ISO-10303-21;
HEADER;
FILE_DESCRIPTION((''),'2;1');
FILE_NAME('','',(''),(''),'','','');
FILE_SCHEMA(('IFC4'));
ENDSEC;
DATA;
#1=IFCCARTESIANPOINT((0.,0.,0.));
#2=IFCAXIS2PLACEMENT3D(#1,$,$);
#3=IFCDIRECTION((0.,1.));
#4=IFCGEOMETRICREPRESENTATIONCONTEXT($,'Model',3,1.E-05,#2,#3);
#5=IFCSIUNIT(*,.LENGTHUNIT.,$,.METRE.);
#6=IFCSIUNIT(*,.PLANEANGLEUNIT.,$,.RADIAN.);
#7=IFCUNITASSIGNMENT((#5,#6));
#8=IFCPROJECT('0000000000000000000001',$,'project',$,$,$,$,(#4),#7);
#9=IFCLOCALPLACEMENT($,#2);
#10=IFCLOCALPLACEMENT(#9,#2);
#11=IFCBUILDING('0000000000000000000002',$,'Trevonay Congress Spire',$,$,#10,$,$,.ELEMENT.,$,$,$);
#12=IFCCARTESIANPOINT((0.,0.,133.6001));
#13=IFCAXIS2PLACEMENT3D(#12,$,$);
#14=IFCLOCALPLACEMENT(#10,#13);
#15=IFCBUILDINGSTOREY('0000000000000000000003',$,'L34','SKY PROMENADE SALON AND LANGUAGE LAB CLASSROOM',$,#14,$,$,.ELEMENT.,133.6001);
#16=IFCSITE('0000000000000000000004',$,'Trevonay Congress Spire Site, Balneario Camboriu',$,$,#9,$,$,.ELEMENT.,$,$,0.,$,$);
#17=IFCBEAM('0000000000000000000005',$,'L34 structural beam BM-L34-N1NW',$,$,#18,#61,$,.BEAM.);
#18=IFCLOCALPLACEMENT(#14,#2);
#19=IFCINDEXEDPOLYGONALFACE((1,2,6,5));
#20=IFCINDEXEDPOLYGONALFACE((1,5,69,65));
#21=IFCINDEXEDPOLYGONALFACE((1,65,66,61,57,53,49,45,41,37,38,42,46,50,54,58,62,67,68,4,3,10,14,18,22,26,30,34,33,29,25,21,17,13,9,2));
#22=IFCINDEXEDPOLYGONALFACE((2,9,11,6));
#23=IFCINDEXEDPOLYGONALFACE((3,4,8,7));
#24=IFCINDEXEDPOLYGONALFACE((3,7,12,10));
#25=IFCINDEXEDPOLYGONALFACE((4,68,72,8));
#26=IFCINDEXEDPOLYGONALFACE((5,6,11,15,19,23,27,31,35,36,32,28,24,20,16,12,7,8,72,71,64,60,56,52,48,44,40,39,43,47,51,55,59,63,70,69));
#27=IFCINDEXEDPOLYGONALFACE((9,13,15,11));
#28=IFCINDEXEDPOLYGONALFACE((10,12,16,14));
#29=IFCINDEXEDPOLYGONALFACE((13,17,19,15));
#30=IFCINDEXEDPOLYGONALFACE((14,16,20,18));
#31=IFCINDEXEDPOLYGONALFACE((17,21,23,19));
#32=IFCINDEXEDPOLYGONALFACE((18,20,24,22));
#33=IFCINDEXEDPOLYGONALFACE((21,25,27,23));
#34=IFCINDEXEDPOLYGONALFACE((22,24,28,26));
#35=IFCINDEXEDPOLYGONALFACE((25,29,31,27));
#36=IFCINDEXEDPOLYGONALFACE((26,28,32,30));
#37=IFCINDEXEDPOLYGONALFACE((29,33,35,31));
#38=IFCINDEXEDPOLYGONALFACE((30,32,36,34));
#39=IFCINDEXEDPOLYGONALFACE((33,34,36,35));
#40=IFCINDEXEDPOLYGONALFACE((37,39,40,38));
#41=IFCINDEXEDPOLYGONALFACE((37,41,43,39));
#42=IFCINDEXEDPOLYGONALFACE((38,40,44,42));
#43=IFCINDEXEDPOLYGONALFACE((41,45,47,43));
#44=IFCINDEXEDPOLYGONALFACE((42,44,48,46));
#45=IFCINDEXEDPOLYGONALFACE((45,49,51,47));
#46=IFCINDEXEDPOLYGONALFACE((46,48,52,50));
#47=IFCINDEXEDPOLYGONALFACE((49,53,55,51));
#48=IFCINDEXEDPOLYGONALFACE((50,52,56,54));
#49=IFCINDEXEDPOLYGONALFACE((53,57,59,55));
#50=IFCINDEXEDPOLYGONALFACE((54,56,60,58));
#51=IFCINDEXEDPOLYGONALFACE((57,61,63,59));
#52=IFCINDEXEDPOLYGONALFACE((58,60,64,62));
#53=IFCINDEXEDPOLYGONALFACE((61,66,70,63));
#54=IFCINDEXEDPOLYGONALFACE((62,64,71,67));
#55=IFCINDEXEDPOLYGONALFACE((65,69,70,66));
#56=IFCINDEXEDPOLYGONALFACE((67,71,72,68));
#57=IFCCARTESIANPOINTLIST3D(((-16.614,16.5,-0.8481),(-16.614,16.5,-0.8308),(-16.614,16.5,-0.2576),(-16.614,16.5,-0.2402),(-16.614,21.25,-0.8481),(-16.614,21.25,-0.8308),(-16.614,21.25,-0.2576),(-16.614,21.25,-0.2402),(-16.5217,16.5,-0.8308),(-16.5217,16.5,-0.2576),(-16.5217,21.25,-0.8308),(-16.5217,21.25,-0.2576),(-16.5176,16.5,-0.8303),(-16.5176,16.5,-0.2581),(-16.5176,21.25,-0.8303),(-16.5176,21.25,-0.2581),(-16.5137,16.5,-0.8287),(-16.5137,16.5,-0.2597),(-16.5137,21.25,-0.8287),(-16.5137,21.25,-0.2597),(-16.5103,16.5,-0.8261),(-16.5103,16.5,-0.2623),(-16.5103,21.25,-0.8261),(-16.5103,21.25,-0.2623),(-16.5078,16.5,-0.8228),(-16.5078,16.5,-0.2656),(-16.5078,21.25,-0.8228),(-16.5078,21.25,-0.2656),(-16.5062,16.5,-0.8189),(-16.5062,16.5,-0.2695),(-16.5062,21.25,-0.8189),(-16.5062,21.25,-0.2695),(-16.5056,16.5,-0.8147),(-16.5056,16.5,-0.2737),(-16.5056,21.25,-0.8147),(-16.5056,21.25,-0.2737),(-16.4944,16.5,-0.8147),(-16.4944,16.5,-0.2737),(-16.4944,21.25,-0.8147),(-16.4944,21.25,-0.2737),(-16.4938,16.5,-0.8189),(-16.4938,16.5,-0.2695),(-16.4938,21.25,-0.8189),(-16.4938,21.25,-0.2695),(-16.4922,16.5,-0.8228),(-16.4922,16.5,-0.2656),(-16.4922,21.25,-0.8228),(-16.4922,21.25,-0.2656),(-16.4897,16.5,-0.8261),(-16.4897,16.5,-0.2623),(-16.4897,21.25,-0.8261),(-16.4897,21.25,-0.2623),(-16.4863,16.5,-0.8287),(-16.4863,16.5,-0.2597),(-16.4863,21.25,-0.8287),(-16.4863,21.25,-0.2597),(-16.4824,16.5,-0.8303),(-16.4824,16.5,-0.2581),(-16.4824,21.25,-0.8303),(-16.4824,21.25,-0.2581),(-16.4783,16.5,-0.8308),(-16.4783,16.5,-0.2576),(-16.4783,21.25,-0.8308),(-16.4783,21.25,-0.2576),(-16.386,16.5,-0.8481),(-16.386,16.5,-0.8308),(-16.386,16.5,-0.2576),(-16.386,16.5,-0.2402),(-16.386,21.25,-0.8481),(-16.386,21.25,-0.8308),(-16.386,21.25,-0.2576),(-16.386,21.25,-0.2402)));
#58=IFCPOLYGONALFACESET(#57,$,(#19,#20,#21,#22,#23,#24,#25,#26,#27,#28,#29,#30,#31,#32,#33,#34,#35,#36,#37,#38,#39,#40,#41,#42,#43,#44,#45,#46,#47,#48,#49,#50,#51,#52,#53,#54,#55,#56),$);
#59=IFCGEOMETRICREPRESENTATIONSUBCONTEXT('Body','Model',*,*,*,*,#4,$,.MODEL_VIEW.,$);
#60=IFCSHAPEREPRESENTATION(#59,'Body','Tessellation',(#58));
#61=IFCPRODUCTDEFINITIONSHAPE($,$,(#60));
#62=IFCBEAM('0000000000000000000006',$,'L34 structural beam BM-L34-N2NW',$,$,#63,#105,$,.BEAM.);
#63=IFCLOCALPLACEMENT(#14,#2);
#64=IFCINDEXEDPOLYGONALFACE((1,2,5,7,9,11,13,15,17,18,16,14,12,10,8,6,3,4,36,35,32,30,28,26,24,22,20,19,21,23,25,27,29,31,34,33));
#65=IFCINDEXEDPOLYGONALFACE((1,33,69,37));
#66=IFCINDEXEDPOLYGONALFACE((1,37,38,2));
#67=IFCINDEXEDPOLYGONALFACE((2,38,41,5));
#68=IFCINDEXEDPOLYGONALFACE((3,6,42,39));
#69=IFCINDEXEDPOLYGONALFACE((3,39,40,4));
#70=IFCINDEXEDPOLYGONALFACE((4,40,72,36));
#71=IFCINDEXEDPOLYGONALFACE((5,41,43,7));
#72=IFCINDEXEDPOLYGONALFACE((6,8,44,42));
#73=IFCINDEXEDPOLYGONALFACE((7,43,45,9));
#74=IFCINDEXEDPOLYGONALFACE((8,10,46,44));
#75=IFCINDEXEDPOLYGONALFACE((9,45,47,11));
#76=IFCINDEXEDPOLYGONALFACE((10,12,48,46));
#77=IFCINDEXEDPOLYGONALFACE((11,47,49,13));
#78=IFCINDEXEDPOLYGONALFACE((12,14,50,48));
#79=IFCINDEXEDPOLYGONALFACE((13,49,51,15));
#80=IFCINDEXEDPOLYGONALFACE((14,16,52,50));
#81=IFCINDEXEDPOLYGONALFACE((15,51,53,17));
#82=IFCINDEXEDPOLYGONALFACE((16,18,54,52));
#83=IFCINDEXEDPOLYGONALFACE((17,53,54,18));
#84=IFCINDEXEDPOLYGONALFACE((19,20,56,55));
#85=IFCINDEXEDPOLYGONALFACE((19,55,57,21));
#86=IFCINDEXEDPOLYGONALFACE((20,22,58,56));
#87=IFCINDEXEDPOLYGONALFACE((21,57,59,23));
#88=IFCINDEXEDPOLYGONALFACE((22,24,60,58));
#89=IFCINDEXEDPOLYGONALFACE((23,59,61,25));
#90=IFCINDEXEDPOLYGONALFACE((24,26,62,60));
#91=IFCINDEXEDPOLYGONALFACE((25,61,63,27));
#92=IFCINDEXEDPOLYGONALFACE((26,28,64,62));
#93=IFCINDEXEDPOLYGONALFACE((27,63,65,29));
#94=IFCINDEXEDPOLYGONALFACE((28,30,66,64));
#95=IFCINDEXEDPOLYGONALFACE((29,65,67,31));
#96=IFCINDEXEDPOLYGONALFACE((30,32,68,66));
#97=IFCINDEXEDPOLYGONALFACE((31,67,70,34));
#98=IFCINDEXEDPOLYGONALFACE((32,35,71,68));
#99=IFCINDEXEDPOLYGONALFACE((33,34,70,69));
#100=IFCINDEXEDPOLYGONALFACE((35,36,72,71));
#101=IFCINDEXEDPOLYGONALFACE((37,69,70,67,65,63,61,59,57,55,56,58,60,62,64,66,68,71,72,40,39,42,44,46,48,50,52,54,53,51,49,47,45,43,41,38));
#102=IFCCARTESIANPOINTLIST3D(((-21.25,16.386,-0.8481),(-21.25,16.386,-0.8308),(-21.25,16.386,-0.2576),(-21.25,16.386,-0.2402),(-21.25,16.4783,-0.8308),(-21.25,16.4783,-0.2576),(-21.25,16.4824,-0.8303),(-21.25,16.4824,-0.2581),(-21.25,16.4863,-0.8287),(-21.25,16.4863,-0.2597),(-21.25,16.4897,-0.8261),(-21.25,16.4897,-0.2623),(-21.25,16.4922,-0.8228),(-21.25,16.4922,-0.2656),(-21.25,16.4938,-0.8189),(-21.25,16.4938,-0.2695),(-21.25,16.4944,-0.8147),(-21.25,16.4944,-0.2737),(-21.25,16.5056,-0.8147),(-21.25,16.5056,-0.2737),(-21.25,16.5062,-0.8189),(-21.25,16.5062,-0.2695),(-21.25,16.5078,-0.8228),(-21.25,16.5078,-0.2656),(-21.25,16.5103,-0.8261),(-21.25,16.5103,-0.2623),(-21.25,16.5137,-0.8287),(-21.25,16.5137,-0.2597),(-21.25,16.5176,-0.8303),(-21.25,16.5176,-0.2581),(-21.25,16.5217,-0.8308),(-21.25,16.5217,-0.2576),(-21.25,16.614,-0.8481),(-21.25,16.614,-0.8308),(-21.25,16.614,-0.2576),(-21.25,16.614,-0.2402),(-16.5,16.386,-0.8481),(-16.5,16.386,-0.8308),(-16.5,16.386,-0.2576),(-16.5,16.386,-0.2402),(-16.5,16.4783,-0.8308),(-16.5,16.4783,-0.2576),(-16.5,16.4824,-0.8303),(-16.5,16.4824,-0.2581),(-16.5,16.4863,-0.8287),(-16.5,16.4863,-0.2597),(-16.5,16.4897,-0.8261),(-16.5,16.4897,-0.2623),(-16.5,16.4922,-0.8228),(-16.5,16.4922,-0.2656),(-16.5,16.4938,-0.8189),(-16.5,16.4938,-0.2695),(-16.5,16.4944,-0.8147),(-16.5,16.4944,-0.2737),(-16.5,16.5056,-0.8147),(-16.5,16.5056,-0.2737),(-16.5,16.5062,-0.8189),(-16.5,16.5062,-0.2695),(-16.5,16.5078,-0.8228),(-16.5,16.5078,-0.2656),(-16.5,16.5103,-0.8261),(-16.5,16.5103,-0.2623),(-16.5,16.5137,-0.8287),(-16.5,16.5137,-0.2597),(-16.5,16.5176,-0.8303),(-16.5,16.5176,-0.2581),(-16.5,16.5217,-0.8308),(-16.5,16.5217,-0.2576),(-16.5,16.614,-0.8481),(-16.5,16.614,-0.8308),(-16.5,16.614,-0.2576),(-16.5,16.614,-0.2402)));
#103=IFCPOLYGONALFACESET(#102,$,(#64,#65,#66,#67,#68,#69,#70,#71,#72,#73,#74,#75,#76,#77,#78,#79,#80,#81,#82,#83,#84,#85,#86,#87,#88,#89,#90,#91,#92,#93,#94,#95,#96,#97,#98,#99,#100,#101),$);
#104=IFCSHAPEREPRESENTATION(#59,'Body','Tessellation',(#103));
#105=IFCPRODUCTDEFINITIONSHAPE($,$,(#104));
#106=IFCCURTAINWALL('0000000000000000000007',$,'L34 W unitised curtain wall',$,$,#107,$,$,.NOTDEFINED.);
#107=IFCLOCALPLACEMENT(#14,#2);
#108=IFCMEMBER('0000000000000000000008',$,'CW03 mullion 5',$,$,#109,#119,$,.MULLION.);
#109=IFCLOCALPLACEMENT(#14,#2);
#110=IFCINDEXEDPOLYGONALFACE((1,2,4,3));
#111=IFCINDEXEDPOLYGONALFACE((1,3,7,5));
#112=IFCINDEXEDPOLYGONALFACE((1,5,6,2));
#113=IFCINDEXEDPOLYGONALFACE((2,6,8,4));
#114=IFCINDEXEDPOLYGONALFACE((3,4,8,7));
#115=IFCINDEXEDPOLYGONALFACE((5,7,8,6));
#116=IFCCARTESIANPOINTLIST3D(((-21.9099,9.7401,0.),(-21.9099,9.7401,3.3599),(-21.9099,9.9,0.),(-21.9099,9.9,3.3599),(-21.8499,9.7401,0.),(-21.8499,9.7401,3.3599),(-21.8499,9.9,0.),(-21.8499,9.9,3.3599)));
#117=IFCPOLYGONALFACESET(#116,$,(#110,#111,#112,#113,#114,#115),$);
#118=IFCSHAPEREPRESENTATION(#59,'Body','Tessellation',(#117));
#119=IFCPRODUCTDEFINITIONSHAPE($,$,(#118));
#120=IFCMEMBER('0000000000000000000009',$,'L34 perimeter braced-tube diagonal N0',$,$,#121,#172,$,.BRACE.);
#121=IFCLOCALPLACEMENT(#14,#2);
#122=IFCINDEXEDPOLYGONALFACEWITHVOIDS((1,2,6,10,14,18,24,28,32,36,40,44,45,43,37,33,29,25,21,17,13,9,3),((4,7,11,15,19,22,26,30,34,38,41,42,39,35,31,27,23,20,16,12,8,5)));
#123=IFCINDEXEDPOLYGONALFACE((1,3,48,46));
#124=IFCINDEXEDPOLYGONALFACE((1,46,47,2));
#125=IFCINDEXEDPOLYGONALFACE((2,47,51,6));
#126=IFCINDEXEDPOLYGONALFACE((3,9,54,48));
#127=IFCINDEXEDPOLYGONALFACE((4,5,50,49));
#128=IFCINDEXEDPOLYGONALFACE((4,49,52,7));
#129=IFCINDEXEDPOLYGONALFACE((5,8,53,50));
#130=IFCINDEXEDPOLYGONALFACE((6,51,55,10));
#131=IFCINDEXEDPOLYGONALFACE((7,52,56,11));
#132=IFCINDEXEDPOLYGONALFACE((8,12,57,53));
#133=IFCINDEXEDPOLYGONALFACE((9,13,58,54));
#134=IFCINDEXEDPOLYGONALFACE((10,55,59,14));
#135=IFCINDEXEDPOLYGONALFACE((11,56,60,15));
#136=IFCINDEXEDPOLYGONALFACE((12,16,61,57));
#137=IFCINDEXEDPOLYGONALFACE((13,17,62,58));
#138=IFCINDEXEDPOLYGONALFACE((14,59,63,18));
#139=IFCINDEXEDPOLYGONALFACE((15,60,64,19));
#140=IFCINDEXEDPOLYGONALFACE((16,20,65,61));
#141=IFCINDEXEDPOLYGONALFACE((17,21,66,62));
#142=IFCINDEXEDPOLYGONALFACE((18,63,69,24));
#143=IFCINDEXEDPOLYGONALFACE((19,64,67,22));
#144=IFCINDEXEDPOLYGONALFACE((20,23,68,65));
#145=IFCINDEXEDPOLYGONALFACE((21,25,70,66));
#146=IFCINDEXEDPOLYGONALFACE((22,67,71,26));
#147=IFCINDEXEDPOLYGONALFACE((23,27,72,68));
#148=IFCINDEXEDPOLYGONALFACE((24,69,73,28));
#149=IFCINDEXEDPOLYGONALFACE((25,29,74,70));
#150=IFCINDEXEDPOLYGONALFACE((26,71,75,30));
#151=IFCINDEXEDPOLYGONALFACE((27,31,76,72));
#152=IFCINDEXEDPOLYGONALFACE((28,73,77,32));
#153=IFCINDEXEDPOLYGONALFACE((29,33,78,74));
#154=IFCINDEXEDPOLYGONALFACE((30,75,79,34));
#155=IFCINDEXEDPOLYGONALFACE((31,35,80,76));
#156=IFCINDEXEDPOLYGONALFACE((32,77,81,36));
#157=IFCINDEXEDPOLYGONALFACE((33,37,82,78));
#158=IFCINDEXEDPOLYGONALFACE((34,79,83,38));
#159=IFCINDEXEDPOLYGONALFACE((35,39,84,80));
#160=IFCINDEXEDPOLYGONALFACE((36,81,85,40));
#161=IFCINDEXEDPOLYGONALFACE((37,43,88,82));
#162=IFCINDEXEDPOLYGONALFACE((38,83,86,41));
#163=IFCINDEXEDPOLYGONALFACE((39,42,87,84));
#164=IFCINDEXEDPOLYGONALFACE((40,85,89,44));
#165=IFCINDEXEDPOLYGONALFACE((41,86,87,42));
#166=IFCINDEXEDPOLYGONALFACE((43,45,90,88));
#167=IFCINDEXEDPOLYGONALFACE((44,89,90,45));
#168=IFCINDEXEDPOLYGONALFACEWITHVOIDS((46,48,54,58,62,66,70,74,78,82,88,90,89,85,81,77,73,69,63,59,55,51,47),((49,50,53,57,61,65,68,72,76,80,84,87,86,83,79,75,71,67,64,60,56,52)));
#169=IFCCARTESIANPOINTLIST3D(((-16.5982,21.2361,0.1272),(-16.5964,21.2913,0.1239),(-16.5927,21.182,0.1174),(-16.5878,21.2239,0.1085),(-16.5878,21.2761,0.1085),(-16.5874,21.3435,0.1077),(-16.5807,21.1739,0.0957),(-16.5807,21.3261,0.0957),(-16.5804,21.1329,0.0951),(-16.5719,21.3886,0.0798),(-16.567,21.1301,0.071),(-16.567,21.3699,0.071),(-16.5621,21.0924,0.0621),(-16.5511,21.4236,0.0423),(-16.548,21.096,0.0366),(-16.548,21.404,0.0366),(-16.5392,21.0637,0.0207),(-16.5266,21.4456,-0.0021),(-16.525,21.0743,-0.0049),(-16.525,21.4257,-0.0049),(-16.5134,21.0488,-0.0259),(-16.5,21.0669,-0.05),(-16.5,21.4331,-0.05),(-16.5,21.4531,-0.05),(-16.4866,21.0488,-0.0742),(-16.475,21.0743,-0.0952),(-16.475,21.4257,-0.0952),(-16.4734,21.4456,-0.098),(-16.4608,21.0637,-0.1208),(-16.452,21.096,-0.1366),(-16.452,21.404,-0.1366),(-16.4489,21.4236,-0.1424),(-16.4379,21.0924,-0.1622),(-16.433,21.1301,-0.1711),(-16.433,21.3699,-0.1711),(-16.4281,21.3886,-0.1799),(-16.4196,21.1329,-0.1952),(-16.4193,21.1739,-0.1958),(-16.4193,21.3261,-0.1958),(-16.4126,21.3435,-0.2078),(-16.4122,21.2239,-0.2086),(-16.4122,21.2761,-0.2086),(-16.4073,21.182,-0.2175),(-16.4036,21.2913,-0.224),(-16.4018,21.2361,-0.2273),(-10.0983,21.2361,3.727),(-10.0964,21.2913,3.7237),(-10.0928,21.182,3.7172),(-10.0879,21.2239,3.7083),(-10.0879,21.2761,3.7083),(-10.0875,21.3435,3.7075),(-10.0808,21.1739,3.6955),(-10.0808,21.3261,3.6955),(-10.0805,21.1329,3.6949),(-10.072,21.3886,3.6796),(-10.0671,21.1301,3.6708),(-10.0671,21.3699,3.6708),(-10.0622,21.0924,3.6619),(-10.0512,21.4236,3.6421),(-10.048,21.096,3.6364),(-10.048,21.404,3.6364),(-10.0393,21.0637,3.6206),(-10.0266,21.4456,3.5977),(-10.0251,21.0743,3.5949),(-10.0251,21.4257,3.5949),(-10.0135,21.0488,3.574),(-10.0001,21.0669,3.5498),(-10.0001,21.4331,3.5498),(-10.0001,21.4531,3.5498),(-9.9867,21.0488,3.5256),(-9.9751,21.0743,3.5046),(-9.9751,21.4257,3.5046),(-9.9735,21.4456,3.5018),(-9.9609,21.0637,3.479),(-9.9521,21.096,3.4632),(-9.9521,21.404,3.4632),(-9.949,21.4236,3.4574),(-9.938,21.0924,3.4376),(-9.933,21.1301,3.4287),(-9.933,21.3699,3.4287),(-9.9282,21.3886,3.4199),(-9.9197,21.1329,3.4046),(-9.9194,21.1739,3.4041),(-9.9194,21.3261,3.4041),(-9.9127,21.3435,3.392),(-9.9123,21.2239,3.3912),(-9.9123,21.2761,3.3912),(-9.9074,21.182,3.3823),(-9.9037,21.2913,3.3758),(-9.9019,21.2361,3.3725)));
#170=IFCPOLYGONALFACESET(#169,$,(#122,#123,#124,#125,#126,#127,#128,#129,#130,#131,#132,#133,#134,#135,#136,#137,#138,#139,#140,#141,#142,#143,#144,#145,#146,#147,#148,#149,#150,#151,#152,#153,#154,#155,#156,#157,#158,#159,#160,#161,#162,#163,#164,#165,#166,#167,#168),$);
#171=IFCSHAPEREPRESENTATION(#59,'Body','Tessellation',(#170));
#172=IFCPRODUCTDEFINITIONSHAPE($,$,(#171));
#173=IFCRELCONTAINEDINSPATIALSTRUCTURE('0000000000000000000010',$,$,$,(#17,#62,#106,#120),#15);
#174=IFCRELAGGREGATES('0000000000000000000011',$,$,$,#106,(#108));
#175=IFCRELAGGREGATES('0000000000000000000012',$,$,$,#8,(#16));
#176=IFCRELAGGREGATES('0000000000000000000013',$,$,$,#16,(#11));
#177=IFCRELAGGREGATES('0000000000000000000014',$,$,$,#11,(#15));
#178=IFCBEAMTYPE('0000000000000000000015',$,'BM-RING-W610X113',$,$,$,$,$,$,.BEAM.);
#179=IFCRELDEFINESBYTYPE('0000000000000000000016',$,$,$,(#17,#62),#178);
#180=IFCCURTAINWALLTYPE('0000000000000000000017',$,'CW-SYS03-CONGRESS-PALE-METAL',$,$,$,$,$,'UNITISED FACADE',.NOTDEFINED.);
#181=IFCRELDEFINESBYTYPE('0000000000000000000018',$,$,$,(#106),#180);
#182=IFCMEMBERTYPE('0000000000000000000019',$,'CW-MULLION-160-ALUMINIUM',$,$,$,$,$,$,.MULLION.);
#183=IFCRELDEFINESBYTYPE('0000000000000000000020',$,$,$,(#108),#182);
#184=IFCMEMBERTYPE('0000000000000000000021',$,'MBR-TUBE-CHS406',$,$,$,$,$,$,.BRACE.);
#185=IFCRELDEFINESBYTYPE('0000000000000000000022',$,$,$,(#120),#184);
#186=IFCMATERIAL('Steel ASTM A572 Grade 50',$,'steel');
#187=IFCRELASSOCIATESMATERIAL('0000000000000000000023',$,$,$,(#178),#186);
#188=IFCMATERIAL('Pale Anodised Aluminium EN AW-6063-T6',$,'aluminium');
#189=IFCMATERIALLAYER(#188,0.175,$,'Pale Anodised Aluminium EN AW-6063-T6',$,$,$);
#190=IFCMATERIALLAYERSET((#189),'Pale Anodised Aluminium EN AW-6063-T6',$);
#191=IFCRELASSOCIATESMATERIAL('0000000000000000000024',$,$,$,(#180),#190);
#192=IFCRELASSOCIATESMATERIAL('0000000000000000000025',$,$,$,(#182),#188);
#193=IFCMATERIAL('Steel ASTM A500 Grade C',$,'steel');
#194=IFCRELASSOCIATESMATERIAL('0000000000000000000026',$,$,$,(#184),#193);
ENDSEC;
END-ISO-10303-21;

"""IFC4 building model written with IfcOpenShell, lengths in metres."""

from ifc_helpers import new_model, si_unit, direction, frame, origin, origin_2d, place, context, subcontext, project, spatial, rectangle, hollow_circle, i_section, extrude, material, layer, layer_set, material_profile, profile_set, type_object, element, aggregate, save


model = new_model("IFC4")

# Units and contexts
model_context = context("Model", 3, precision=1e-05, world=origin(), true_north=direction((0.0, 1.0)))
body_context = subcontext(model_context, "Body", "Model", "MODEL_VIEW")
ifc_project = project(units=[si_unit("LENGTHUNIT", "METRE"), si_unit("PLANEANGLEUNIT", "RADIAN")], contexts=[model_context])

# Site, building, storey
site_placement = place(None, origin())
site = spatial("IfcSite", under=ifc_project, at=site_placement, Name="Trevonay Congress Spire Site, Balneario Camboriu", CompositionType="ELEMENT", RefElevation=0.0)
building_placement = place(site_placement, origin())
building = spatial("IfcBuilding", under=site, at=building_placement, Name="Trevonay Congress Spire", CompositionType="ELEMENT")
storey_placement = place(building_placement, frame((0.0, 0.0, 133.6001)))
storey = spatial("IfcBuildingStorey", under=building, at=storey_placement, Name="L34", Description="SKY PROMENADE SALON AND LANGUAGE LAB CLASSROOM", CompositionType="ELEMENT", Elevation=133.6001)

# Shared definitions
ifc_material_1 = material(Name="Steel ASTM A572 Grade 50", Category="steel")

# Beams
ifc_material_profile_1 = material_profile(ifc_material_1, i_section(OverallWidth=0.228, OverallDepth=0.6079, WebThickness=0.0112, FlangeThickness=0.0173, FilletRadius=0.0161, at=origin_2d()), Name="W610x113")
ifc_profile_set_1 = profile_set([ifc_material_profile_1], Name="Steel ASTM A572 Grade 50")
beam_type = type_object("IfcBeamType", Name="BM-RING-W610X113", PredefinedType="BEAM", material=ifc_profile_set_1)
for number, where, z_axis, x_axis, name in (
    (1, (-16.5, 21.25, -0.5442), (0.0, -1.0, 0.0), (1.0, 0.0, 0.0), "L34 structural beam BM-L34-N1NW"),
    (2, (-21.25, 16.5, -0.5442), (1.0, 0.0, 0.0), (0.0, 1.0, 0.0), "L34 structural beam BM-L34-N2NW"),
):
    element("IfcBeam", number, at=place(storey_placement, frame(where, z_axis=z_axis, x_axis=x_axis)), inside=storey, type_object=beam_type, Name=name, PredefinedType="BEAM", context=body_context, shape_type="SweptSolid", body=[
        extrude(i_section(OverallWidth=0.228, OverallDepth=0.6079, WebThickness=0.0112, FlangeThickness=0.0173, FilletRadius=0.0161, at=origin_2d()), origin(), (0.0, 0.0, 1.0), 4.75),
    ])

# Curtain wall, member
ifc_material_2 = material(Name="Pale Anodised Aluminium EN AW-6063-T6", Category="aluminium")
ifc_layer_1 = layer(ifc_material_2, 0.175, Name="Pale Anodised Aluminium EN AW-6063-T6")
ifc_layer_set_1 = layer_set([ifc_layer_1], Name="Pale Anodised Aluminium EN AW-6063-T6")
curtain_wall_type = type_object("IfcCurtainWallType", Name="CW-SYS03-CONGRESS-PALE-METAL", ElementType="UNITISED FACADE", PredefinedType="NOTDEFINED", material=ifc_layer_set_1)
curtain_wall_placement = place(storey_placement, origin())
curtain_wall = element("IfcCurtainWall", 3, at=curtain_wall_placement, inside=storey, type_object=curtain_wall_type, Name="L34 W unitised curtain wall", PredefinedType="NOTDEFINED")
ifc_material_profile_2 = material_profile(ifc_material_2, rectangle(XDim=0.0601, YDim=0.1599, at=origin_2d()), Name="CW-MULLION-160-ALUMINIUM")
ifc_profile_set_2 = profile_set([ifc_material_profile_2], Name="Pale Anodised Aluminium EN AW-6063-T6")
member_type_1 = type_object("IfcMemberType", Name="CW-MULLION-160-ALUMINIUM", PredefinedType="MULLION", material=ifc_profile_set_2)
member_placement = place(storey_placement, frame((-21.8799, 9.8201, 0.0), z_axis=(0.0, 0.0, 1.0), x_axis=(-1.0, 0.0, 0.0)))
member = element("IfcMember", 4, at=member_placement, type_object=member_type_1, Name="CW03 mullion 5", PredefinedType="MULLION", context=body_context, shape_type="SweptSolid", body=[
    extrude(rectangle(XDim=0.0601, YDim=0.1599, at=origin_2d()), origin(), (0.0, 0.0, 1.0), 3.3599),
])
aggregate(curtain_wall, [member])

# Member
ifc_material_3 = material(Name="Steel ASTM A500 Grade C", Category="steel")
ifc_material_profile_3 = material_profile(ifc_material_3, hollow_circle(Radius=0.2031, WallThickness=0.02, at=origin_2d()), Name="CHS 406.4x20")
ifc_profile_set_3 = profile_set([ifc_material_profile_3], Name="Steel ASTM A500 Grade C")
member_type_2 = type_object("IfcMemberType", Name="MBR-TUBE-CHS406", PredefinedType="BRACE", material=ifc_profile_set_3)
for number, where, z_axis, x_axis, name in (
    (5, (-16.5, 21.25, -0.05), (0.8748, 0.0, 0.484485), (0.0, 1.0, 0.0), "L34 perimeter braced-tube diagonal N0"),
):
    element("IfcMember", number, at=place(storey_placement, frame(where, z_axis=z_axis, x_axis=x_axis)), inside=storey, type_object=member_type_2, Name=name, PredefinedType="BRACE", context=body_context, shape_type="SweptSolid", body=[
        extrude(hollow_circle(Radius=0.2031, WallThickness=0.02, at=origin_2d()), origin(), (0.0, 0.0, 1.0), 7.4302),
    ])

save(model, "model.ifc")
